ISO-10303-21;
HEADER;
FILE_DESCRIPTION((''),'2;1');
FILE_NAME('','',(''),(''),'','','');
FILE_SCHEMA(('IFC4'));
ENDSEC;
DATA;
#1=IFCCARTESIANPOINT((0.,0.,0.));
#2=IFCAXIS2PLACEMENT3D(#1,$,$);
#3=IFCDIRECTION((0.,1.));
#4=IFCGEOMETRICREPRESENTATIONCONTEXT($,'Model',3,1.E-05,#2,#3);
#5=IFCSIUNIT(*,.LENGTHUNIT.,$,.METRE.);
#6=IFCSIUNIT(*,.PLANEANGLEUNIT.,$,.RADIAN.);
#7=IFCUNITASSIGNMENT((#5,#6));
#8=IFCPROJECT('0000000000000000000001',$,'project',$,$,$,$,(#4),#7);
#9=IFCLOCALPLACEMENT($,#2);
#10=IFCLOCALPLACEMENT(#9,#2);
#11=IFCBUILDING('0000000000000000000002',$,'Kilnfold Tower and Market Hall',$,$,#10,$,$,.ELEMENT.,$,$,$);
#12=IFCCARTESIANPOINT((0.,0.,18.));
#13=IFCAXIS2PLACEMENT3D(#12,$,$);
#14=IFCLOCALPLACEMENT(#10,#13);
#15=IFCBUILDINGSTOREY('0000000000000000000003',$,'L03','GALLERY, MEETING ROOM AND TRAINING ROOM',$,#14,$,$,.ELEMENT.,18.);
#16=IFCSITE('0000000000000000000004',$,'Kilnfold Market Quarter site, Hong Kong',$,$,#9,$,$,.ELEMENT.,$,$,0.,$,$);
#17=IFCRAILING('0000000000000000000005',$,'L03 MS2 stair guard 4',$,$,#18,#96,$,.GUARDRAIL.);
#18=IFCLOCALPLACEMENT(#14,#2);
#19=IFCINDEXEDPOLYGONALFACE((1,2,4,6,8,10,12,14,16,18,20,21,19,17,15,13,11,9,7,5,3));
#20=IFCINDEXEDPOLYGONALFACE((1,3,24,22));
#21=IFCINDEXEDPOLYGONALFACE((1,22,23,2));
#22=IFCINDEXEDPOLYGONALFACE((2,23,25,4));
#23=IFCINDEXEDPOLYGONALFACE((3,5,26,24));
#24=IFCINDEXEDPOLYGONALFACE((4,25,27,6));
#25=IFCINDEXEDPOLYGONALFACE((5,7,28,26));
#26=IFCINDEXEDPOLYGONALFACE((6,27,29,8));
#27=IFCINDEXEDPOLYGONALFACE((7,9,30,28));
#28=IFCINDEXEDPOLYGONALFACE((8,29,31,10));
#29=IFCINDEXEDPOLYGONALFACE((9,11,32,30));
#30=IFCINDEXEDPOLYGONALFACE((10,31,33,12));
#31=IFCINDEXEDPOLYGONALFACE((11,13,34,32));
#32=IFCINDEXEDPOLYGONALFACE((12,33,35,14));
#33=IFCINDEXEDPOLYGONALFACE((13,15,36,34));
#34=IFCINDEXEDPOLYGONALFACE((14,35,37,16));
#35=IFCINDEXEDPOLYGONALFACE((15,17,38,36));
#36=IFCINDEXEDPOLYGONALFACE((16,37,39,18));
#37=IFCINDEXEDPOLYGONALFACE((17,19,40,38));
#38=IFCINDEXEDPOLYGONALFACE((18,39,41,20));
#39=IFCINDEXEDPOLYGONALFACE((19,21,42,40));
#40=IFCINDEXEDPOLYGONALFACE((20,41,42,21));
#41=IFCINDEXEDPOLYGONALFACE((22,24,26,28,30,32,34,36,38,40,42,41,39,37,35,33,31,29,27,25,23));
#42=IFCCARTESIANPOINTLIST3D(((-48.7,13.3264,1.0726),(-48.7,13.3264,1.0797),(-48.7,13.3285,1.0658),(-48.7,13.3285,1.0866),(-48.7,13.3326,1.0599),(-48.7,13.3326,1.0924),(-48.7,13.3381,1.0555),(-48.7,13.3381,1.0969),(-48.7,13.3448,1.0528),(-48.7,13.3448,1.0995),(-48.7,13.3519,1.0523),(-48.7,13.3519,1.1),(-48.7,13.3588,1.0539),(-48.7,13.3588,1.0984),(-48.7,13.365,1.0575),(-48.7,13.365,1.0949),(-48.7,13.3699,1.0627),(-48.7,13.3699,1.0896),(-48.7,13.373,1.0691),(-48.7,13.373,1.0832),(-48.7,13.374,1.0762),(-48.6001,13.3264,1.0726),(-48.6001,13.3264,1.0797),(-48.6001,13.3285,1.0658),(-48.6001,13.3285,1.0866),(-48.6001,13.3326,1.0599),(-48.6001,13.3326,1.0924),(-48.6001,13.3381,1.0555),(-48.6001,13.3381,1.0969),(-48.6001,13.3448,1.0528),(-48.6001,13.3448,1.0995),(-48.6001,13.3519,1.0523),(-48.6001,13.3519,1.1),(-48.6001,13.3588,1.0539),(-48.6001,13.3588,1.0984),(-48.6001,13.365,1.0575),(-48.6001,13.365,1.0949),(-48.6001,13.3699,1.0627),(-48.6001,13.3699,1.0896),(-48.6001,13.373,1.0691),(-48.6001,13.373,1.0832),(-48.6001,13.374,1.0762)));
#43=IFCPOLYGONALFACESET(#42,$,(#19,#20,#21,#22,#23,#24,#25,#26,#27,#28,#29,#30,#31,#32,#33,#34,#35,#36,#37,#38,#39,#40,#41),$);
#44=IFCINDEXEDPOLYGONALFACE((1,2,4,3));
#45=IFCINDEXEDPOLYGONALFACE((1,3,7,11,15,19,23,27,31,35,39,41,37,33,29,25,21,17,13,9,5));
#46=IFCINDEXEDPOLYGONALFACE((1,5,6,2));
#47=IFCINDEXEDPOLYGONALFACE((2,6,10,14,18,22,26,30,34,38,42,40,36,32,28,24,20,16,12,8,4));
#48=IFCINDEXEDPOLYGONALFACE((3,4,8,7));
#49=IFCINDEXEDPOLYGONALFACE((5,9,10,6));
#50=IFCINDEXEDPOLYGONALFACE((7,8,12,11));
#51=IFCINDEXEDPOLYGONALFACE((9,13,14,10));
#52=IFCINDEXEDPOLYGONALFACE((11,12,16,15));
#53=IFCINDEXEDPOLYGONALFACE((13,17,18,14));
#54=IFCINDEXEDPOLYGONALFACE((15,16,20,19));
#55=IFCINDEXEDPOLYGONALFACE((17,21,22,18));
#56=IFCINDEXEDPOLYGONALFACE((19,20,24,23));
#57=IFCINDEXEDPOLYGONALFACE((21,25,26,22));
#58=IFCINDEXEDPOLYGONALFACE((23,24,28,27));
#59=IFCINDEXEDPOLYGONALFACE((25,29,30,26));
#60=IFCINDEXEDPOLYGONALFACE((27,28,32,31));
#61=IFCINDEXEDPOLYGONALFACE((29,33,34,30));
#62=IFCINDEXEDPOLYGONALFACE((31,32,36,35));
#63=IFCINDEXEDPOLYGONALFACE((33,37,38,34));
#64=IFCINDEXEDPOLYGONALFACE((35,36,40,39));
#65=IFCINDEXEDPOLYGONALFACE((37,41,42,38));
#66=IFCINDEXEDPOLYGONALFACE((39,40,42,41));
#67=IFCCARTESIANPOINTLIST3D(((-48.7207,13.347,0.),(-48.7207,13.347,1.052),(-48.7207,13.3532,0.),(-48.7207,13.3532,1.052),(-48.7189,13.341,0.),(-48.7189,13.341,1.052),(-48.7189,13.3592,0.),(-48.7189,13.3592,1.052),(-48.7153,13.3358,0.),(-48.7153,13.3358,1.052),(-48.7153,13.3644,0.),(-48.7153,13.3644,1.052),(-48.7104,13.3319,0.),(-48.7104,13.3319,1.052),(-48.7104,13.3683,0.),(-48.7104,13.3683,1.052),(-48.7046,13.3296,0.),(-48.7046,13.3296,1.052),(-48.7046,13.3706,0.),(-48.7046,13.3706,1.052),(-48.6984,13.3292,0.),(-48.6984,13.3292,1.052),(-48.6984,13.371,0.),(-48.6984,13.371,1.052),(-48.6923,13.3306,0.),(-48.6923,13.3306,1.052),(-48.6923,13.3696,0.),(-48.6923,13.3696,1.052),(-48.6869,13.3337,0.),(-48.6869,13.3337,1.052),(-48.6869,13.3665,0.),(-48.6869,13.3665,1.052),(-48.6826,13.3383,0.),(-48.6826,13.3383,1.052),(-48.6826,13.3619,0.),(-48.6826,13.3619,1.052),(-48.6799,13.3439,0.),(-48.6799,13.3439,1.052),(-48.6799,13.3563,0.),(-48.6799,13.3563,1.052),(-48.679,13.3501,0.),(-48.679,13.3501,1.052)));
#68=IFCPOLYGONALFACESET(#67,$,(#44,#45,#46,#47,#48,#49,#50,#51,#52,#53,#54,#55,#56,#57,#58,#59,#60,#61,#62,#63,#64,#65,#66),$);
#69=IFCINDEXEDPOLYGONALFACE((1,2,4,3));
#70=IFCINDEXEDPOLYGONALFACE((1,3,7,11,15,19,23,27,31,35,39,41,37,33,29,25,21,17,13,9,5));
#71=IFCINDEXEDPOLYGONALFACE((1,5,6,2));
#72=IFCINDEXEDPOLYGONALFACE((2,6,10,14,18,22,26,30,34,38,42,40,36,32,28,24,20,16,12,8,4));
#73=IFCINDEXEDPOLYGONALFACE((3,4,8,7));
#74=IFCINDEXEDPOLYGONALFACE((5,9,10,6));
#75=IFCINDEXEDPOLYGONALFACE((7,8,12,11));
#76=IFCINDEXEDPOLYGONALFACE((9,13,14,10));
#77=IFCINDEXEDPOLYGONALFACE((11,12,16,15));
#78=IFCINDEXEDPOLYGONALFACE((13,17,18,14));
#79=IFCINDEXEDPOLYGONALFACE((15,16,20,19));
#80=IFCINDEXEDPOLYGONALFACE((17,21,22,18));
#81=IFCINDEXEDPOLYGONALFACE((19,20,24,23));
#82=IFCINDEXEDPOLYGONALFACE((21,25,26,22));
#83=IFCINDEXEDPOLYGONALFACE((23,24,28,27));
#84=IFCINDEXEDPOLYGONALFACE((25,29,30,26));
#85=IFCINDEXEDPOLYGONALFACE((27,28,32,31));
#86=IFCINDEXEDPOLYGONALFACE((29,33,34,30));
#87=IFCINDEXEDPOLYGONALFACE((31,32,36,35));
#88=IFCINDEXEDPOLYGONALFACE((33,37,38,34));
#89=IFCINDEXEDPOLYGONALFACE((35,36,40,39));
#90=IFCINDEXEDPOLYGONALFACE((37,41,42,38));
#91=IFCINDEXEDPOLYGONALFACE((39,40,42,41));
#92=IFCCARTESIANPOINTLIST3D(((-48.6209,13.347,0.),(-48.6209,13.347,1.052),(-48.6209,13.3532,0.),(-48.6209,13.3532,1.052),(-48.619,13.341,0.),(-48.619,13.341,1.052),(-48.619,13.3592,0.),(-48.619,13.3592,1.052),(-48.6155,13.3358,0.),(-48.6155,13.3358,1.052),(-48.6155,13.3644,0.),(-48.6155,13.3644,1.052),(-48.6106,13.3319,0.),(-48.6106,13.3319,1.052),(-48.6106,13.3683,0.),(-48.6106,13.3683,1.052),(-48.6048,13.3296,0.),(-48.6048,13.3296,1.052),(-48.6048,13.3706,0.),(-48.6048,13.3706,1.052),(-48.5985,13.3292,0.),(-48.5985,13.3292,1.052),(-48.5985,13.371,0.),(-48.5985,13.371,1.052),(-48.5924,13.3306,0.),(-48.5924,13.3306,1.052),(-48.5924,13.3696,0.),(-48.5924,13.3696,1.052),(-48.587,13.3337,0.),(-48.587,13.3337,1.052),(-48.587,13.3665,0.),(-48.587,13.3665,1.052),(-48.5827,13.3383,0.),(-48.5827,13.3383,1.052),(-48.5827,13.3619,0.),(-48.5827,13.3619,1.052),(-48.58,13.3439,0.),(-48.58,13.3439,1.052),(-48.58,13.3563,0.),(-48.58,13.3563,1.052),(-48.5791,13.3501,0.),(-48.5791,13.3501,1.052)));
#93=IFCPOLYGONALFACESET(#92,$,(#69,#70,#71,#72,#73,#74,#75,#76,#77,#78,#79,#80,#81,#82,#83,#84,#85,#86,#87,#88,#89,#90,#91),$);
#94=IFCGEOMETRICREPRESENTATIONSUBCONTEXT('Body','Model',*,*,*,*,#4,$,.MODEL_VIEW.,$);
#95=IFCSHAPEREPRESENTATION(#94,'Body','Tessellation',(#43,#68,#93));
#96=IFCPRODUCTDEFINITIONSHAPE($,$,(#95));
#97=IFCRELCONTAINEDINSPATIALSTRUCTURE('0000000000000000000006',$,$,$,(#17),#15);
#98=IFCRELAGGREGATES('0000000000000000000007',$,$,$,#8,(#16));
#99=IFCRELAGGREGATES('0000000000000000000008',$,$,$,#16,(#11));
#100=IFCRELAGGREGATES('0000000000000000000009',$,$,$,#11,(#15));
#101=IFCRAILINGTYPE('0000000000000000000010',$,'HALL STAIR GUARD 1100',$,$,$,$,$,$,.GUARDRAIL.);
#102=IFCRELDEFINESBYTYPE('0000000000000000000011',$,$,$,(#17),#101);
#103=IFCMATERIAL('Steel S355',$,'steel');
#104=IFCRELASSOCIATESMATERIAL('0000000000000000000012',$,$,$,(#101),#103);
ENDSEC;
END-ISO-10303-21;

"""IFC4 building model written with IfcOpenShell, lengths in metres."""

from ifc_helpers import new_model, si_unit, direction, frame, origin, origin_2d, place, context, subcontext, project, spatial, circle, extrude, material, type_object, element, save


model = new_model("IFC4")

# Units and contexts
model_context = context("Model", 3, precision=1e-05, world=origin(), true_north=direction((0.0, 1.0)))
body_context = subcontext(model_context, "Body", "Model", "MODEL_VIEW")
ifc_project = project(units=[si_unit("LENGTHUNIT", "METRE"), si_unit("PLANEANGLEUNIT", "RADIAN")], contexts=[model_context])

# Site, building, storey
site_placement = place(None, origin())
site = spatial("IfcSite", under=ifc_project, at=site_placement, Name="Kilnfold Market Quarter site, Hong Kong", CompositionType="ELEMENT", RefElevation=0.0)
building_placement = place(site_placement, origin())
building = spatial("IfcBuilding", under=site, at=building_placement, Name="Kilnfold Tower and Market Hall", CompositionType="ELEMENT")
storey_placement = place(building_placement, frame((0.0, 0.0, 18.0)))
storey = spatial("IfcBuildingStorey", under=building, at=storey_placement, Name="L03", Description="GALLERY, MEETING ROOM AND TRAINING ROOM", CompositionType="ELEMENT", Elevation=18.0)

# Railing
ifc_material_1 = material(Name="Steel S355", Category="steel")
railing_type_1 = type_object("IfcRailingType", Name="HALL STAIR GUARD 1100", PredefinedType="GUARDRAIL", material=ifc_material_1)
railing_1_placement = place(storey_placement, frame((-48.7, 13.3501, 0.0)))
element("IfcRailing", 1, at=railing_1_placement, inside=storey, type_object=railing_type_1, Name="L03 MS2 stair guard 4", PredefinedType="GUARDRAIL", context=body_context, shape_type="SweptSolid", body=[
    extrude(circle(Radius=0.0239, at=origin_2d()), frame((0.0, 0.0, 1.0762), z_axis=(1.0, 0.0, 0.0), x_axis=(0.0, 1.0, 0.0)), (0.0, 0.0, 1.0), 0.0999),
    extrude(circle(Radius=0.021, at=origin_2d()), origin(), (0.0, 0.0, 1.0), 1.052),
    extrude(circle(Radius=0.021, at=origin_2d()), frame((0.0999, 0.0, 0.0)), (0.0, 0.0, 1.0), 1.052),
])

save(model, "model.ifc")
